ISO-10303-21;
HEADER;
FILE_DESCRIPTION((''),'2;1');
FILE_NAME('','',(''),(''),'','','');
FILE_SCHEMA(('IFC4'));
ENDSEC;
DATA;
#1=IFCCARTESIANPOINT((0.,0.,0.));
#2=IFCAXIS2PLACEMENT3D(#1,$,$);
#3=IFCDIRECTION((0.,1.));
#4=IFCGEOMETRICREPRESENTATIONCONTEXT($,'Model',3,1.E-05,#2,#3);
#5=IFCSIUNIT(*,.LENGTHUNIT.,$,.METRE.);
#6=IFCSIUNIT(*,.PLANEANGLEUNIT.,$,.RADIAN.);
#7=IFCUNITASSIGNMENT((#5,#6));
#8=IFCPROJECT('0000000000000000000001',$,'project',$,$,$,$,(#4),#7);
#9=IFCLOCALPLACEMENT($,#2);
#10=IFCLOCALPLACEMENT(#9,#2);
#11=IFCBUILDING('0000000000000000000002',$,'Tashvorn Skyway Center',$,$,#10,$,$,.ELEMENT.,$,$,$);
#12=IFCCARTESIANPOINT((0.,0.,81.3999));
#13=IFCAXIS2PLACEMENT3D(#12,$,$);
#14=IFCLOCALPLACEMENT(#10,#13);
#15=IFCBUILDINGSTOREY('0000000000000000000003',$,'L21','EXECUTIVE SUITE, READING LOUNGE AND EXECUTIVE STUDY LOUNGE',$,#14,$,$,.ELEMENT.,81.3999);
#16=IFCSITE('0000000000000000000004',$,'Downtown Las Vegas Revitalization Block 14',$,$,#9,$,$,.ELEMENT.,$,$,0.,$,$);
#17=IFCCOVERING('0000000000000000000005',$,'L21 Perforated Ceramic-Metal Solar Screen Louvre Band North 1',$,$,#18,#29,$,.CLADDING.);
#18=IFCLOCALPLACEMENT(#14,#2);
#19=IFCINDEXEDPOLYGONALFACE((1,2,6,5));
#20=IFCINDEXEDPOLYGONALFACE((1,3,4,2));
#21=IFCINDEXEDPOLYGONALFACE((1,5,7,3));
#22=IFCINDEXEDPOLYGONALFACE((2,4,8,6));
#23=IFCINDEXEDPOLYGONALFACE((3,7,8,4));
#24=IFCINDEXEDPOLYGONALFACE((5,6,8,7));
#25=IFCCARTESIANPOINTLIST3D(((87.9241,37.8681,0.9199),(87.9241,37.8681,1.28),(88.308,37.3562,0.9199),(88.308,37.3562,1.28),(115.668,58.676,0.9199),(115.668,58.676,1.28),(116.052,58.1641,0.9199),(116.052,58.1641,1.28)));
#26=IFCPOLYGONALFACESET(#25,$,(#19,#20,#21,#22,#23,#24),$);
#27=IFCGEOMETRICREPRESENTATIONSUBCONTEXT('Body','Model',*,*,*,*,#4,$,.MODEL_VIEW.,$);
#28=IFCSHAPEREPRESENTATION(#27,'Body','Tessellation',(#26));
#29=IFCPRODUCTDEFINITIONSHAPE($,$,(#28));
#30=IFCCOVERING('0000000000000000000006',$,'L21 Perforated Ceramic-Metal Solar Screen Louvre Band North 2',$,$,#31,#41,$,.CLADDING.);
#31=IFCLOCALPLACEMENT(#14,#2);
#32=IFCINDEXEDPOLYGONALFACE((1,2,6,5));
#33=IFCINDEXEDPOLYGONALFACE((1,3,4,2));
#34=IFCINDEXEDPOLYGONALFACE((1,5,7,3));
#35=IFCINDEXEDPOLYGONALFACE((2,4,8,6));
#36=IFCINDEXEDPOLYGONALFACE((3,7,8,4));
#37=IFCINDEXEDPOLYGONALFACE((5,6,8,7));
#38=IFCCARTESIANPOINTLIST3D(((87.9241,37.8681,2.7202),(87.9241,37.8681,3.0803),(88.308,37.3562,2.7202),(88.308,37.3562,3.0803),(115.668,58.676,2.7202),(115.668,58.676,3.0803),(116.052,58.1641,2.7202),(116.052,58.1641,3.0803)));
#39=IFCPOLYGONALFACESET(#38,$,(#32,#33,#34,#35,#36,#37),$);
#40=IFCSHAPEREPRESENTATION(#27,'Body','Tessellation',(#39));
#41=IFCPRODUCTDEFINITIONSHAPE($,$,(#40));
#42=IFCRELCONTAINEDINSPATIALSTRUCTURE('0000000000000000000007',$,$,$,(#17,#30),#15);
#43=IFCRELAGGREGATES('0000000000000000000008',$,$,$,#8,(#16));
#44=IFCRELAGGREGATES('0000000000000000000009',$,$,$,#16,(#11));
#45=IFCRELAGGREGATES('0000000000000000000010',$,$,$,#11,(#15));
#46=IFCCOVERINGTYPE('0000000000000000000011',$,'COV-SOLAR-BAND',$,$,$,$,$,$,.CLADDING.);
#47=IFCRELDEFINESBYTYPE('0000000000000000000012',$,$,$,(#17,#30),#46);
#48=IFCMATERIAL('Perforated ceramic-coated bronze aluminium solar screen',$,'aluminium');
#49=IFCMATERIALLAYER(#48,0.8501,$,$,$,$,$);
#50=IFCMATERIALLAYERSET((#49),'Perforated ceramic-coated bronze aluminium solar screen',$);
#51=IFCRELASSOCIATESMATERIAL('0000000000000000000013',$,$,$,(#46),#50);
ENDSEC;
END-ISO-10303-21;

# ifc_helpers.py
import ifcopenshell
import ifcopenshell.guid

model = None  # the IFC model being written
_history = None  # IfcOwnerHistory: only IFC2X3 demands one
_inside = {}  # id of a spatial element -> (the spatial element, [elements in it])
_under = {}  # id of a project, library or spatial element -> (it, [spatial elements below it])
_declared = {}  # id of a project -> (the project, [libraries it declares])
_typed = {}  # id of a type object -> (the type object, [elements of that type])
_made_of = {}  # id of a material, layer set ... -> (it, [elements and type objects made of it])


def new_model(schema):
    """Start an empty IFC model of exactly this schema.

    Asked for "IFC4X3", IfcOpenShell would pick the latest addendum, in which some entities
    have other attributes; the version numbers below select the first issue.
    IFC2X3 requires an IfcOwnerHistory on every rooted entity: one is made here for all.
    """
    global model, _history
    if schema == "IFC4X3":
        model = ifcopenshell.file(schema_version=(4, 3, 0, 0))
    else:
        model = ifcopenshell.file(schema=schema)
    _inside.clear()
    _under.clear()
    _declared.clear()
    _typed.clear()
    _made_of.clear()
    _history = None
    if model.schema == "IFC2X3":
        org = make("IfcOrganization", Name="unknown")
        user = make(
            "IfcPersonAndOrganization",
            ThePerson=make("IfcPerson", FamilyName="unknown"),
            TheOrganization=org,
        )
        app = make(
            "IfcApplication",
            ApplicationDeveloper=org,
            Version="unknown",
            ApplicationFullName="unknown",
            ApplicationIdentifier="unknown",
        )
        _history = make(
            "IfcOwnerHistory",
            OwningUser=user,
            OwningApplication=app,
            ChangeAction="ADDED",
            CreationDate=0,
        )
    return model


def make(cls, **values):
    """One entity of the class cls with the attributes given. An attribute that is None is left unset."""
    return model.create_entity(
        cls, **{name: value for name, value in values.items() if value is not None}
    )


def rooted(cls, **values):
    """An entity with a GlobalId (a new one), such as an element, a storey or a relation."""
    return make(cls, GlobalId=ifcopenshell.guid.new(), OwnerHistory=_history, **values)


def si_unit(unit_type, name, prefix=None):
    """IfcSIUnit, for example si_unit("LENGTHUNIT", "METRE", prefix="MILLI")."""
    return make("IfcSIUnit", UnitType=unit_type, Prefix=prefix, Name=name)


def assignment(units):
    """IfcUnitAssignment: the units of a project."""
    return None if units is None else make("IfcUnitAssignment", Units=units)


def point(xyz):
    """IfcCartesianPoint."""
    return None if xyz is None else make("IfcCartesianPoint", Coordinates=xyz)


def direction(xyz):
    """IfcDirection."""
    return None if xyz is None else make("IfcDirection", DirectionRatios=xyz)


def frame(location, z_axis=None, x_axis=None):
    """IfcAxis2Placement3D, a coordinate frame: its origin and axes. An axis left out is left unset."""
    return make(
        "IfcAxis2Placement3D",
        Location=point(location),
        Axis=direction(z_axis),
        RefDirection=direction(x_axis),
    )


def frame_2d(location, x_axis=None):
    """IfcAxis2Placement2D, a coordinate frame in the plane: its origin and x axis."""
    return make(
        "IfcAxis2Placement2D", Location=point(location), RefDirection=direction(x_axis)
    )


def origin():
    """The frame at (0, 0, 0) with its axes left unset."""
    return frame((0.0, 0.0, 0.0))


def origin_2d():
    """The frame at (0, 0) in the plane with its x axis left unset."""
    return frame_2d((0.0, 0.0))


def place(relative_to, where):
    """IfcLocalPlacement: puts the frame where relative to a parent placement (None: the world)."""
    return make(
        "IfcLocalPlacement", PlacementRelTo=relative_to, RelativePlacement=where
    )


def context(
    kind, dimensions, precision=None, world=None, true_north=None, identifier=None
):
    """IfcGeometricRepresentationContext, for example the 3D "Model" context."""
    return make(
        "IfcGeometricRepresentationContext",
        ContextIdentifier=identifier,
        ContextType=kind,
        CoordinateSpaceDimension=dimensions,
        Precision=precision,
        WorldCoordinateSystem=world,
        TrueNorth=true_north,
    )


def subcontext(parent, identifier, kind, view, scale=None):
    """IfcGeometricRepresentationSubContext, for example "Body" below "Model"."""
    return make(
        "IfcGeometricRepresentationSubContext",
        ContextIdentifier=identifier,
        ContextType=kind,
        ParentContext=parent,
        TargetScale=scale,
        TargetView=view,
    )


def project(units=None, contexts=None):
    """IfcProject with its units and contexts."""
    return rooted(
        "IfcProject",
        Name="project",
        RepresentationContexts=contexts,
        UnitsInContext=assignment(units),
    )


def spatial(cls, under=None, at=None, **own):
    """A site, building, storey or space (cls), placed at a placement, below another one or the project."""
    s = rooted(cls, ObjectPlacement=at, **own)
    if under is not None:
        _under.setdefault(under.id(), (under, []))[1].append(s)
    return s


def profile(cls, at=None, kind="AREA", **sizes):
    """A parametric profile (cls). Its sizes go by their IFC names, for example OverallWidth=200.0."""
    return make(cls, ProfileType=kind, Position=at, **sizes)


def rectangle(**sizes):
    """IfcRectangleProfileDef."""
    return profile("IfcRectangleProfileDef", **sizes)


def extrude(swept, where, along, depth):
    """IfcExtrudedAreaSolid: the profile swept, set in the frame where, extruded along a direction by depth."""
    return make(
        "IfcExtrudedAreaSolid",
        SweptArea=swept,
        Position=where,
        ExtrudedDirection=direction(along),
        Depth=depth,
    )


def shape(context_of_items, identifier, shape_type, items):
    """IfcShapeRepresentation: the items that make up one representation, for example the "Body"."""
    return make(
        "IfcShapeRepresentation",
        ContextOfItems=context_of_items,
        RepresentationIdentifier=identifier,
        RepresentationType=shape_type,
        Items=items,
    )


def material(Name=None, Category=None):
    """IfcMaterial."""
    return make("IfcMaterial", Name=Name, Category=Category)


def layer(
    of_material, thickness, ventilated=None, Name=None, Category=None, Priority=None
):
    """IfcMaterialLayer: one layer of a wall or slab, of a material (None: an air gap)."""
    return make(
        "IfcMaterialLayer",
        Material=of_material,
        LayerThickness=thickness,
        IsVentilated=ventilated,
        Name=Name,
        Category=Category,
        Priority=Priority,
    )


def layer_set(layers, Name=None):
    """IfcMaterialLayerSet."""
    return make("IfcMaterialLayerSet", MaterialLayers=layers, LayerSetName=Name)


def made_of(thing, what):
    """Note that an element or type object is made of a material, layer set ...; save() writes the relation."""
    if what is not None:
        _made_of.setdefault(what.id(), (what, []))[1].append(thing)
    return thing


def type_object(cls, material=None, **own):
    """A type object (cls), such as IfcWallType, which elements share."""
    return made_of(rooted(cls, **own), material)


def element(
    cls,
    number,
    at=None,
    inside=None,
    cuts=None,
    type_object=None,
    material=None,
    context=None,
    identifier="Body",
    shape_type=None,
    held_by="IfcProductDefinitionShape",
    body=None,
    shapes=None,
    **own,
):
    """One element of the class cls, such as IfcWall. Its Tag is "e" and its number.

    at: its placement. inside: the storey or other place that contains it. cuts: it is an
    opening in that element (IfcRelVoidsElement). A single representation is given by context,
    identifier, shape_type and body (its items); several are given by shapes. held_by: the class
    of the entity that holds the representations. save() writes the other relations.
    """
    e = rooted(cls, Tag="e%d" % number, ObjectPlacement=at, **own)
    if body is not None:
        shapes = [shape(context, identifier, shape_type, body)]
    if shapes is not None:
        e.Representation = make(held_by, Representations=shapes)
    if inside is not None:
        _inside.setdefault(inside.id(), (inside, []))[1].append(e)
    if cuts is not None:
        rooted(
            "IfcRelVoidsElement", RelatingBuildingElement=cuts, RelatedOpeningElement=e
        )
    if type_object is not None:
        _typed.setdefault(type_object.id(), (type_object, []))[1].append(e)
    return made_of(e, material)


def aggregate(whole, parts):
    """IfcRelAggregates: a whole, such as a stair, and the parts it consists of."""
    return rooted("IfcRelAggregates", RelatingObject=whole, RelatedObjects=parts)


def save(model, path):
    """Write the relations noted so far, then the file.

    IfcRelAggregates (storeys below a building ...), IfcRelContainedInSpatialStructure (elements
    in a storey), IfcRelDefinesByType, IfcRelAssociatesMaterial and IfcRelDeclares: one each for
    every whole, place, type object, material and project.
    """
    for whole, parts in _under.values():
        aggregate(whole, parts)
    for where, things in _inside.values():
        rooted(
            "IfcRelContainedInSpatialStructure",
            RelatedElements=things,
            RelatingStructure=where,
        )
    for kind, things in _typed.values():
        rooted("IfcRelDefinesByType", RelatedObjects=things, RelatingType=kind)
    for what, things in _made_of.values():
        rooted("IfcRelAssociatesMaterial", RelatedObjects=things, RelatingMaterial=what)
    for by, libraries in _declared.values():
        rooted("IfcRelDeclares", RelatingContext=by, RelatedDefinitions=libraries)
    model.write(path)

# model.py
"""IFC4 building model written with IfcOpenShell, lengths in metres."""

from ifc_helpers import new_model, si_unit, direction, frame, origin, origin_2d, place, context, subcontext, project, spatial, rectangle, extrude, material, layer, layer_set, type_object, element, save


model = new_model("IFC4")

# Units and contexts
model_context = context("Model", 3, precision=1e-05, world=origin(), true_north=direction((0.0, 1.0)))
body_context = subcontext(model_context, "Body", "Model", "MODEL_VIEW")
ifc_project = project(units=[si_unit("LENGTHUNIT", "METRE"), si_unit("PLANEANGLEUNIT", "RADIAN")], contexts=[model_context])

# Site, building, storey
site_placement = place(None, origin())
site = spatial("IfcSite", under=ifc_project, at=site_placement, Name="Downtown Las Vegas Revitalization Block 14", CompositionType="ELEMENT", RefElevation=0.0)
building_placement = place(site_placement, origin())
building = spatial("IfcBuilding", under=site, at=building_placement, Name="Tashvorn Skyway Center", CompositionType="ELEMENT")
storey_placement = place(building_placement, frame((0.0, 0.0, 81.3999)))
storey = spatial("IfcBuildingStorey", under=building, at=storey_placement, Name="L21", Description="EXECUTIVE SUITE, READING LOUNGE AND EXECUTIVE STUDY LOUNGE", CompositionType="ELEMENT", Elevation=81.3999)

# Coverings
ifc_material_1 = material(Name="Perforated ceramic-coated bronze aluminium solar screen", Category="aluminium")
ifc_layer_1 = layer(ifc_material_1, 0.8501)
ifc_layer_set_1 = layer_set([ifc_layer_1], Name="Perforated ceramic-coated bronze aluminium solar screen")
covering_type_1 = type_object("IfcCoveringType", Name="COV-SOLAR-BAND", PredefinedType="CLADDING", material=ifc_layer_set_1)
for number, where, z_axis, x_axis, name in (
    (1, (101.988, 48.0161, 0.9199), (0.0, 0.0, 1.0), (0.8, 0.6, 0.0), "L21 Perforated Ceramic-Metal Solar Screen Louvre Band North 1"),
    (2, (101.988, 48.0161, 2.7202), (0.0, 0.0, 1.0), (0.8, 0.6, 0.0), "L21 Perforated Ceramic-Metal Solar Screen Louvre Band North 2"),
):
    element("IfcCovering", number, at=place(storey_placement, frame(where, z_axis=z_axis, x_axis=x_axis)), inside=storey, type_object=covering_type_1, Name=name, PredefinedType="CLADDING", context=body_context, shape_type="SweptSolid", body=[
        extrude(rectangle(XDim=34.6799, YDim=0.6399, at=origin_2d()), origin(), (0.0, 0.0, 1.0), 0.3601),
    ])

save(model, "model.ifc")
